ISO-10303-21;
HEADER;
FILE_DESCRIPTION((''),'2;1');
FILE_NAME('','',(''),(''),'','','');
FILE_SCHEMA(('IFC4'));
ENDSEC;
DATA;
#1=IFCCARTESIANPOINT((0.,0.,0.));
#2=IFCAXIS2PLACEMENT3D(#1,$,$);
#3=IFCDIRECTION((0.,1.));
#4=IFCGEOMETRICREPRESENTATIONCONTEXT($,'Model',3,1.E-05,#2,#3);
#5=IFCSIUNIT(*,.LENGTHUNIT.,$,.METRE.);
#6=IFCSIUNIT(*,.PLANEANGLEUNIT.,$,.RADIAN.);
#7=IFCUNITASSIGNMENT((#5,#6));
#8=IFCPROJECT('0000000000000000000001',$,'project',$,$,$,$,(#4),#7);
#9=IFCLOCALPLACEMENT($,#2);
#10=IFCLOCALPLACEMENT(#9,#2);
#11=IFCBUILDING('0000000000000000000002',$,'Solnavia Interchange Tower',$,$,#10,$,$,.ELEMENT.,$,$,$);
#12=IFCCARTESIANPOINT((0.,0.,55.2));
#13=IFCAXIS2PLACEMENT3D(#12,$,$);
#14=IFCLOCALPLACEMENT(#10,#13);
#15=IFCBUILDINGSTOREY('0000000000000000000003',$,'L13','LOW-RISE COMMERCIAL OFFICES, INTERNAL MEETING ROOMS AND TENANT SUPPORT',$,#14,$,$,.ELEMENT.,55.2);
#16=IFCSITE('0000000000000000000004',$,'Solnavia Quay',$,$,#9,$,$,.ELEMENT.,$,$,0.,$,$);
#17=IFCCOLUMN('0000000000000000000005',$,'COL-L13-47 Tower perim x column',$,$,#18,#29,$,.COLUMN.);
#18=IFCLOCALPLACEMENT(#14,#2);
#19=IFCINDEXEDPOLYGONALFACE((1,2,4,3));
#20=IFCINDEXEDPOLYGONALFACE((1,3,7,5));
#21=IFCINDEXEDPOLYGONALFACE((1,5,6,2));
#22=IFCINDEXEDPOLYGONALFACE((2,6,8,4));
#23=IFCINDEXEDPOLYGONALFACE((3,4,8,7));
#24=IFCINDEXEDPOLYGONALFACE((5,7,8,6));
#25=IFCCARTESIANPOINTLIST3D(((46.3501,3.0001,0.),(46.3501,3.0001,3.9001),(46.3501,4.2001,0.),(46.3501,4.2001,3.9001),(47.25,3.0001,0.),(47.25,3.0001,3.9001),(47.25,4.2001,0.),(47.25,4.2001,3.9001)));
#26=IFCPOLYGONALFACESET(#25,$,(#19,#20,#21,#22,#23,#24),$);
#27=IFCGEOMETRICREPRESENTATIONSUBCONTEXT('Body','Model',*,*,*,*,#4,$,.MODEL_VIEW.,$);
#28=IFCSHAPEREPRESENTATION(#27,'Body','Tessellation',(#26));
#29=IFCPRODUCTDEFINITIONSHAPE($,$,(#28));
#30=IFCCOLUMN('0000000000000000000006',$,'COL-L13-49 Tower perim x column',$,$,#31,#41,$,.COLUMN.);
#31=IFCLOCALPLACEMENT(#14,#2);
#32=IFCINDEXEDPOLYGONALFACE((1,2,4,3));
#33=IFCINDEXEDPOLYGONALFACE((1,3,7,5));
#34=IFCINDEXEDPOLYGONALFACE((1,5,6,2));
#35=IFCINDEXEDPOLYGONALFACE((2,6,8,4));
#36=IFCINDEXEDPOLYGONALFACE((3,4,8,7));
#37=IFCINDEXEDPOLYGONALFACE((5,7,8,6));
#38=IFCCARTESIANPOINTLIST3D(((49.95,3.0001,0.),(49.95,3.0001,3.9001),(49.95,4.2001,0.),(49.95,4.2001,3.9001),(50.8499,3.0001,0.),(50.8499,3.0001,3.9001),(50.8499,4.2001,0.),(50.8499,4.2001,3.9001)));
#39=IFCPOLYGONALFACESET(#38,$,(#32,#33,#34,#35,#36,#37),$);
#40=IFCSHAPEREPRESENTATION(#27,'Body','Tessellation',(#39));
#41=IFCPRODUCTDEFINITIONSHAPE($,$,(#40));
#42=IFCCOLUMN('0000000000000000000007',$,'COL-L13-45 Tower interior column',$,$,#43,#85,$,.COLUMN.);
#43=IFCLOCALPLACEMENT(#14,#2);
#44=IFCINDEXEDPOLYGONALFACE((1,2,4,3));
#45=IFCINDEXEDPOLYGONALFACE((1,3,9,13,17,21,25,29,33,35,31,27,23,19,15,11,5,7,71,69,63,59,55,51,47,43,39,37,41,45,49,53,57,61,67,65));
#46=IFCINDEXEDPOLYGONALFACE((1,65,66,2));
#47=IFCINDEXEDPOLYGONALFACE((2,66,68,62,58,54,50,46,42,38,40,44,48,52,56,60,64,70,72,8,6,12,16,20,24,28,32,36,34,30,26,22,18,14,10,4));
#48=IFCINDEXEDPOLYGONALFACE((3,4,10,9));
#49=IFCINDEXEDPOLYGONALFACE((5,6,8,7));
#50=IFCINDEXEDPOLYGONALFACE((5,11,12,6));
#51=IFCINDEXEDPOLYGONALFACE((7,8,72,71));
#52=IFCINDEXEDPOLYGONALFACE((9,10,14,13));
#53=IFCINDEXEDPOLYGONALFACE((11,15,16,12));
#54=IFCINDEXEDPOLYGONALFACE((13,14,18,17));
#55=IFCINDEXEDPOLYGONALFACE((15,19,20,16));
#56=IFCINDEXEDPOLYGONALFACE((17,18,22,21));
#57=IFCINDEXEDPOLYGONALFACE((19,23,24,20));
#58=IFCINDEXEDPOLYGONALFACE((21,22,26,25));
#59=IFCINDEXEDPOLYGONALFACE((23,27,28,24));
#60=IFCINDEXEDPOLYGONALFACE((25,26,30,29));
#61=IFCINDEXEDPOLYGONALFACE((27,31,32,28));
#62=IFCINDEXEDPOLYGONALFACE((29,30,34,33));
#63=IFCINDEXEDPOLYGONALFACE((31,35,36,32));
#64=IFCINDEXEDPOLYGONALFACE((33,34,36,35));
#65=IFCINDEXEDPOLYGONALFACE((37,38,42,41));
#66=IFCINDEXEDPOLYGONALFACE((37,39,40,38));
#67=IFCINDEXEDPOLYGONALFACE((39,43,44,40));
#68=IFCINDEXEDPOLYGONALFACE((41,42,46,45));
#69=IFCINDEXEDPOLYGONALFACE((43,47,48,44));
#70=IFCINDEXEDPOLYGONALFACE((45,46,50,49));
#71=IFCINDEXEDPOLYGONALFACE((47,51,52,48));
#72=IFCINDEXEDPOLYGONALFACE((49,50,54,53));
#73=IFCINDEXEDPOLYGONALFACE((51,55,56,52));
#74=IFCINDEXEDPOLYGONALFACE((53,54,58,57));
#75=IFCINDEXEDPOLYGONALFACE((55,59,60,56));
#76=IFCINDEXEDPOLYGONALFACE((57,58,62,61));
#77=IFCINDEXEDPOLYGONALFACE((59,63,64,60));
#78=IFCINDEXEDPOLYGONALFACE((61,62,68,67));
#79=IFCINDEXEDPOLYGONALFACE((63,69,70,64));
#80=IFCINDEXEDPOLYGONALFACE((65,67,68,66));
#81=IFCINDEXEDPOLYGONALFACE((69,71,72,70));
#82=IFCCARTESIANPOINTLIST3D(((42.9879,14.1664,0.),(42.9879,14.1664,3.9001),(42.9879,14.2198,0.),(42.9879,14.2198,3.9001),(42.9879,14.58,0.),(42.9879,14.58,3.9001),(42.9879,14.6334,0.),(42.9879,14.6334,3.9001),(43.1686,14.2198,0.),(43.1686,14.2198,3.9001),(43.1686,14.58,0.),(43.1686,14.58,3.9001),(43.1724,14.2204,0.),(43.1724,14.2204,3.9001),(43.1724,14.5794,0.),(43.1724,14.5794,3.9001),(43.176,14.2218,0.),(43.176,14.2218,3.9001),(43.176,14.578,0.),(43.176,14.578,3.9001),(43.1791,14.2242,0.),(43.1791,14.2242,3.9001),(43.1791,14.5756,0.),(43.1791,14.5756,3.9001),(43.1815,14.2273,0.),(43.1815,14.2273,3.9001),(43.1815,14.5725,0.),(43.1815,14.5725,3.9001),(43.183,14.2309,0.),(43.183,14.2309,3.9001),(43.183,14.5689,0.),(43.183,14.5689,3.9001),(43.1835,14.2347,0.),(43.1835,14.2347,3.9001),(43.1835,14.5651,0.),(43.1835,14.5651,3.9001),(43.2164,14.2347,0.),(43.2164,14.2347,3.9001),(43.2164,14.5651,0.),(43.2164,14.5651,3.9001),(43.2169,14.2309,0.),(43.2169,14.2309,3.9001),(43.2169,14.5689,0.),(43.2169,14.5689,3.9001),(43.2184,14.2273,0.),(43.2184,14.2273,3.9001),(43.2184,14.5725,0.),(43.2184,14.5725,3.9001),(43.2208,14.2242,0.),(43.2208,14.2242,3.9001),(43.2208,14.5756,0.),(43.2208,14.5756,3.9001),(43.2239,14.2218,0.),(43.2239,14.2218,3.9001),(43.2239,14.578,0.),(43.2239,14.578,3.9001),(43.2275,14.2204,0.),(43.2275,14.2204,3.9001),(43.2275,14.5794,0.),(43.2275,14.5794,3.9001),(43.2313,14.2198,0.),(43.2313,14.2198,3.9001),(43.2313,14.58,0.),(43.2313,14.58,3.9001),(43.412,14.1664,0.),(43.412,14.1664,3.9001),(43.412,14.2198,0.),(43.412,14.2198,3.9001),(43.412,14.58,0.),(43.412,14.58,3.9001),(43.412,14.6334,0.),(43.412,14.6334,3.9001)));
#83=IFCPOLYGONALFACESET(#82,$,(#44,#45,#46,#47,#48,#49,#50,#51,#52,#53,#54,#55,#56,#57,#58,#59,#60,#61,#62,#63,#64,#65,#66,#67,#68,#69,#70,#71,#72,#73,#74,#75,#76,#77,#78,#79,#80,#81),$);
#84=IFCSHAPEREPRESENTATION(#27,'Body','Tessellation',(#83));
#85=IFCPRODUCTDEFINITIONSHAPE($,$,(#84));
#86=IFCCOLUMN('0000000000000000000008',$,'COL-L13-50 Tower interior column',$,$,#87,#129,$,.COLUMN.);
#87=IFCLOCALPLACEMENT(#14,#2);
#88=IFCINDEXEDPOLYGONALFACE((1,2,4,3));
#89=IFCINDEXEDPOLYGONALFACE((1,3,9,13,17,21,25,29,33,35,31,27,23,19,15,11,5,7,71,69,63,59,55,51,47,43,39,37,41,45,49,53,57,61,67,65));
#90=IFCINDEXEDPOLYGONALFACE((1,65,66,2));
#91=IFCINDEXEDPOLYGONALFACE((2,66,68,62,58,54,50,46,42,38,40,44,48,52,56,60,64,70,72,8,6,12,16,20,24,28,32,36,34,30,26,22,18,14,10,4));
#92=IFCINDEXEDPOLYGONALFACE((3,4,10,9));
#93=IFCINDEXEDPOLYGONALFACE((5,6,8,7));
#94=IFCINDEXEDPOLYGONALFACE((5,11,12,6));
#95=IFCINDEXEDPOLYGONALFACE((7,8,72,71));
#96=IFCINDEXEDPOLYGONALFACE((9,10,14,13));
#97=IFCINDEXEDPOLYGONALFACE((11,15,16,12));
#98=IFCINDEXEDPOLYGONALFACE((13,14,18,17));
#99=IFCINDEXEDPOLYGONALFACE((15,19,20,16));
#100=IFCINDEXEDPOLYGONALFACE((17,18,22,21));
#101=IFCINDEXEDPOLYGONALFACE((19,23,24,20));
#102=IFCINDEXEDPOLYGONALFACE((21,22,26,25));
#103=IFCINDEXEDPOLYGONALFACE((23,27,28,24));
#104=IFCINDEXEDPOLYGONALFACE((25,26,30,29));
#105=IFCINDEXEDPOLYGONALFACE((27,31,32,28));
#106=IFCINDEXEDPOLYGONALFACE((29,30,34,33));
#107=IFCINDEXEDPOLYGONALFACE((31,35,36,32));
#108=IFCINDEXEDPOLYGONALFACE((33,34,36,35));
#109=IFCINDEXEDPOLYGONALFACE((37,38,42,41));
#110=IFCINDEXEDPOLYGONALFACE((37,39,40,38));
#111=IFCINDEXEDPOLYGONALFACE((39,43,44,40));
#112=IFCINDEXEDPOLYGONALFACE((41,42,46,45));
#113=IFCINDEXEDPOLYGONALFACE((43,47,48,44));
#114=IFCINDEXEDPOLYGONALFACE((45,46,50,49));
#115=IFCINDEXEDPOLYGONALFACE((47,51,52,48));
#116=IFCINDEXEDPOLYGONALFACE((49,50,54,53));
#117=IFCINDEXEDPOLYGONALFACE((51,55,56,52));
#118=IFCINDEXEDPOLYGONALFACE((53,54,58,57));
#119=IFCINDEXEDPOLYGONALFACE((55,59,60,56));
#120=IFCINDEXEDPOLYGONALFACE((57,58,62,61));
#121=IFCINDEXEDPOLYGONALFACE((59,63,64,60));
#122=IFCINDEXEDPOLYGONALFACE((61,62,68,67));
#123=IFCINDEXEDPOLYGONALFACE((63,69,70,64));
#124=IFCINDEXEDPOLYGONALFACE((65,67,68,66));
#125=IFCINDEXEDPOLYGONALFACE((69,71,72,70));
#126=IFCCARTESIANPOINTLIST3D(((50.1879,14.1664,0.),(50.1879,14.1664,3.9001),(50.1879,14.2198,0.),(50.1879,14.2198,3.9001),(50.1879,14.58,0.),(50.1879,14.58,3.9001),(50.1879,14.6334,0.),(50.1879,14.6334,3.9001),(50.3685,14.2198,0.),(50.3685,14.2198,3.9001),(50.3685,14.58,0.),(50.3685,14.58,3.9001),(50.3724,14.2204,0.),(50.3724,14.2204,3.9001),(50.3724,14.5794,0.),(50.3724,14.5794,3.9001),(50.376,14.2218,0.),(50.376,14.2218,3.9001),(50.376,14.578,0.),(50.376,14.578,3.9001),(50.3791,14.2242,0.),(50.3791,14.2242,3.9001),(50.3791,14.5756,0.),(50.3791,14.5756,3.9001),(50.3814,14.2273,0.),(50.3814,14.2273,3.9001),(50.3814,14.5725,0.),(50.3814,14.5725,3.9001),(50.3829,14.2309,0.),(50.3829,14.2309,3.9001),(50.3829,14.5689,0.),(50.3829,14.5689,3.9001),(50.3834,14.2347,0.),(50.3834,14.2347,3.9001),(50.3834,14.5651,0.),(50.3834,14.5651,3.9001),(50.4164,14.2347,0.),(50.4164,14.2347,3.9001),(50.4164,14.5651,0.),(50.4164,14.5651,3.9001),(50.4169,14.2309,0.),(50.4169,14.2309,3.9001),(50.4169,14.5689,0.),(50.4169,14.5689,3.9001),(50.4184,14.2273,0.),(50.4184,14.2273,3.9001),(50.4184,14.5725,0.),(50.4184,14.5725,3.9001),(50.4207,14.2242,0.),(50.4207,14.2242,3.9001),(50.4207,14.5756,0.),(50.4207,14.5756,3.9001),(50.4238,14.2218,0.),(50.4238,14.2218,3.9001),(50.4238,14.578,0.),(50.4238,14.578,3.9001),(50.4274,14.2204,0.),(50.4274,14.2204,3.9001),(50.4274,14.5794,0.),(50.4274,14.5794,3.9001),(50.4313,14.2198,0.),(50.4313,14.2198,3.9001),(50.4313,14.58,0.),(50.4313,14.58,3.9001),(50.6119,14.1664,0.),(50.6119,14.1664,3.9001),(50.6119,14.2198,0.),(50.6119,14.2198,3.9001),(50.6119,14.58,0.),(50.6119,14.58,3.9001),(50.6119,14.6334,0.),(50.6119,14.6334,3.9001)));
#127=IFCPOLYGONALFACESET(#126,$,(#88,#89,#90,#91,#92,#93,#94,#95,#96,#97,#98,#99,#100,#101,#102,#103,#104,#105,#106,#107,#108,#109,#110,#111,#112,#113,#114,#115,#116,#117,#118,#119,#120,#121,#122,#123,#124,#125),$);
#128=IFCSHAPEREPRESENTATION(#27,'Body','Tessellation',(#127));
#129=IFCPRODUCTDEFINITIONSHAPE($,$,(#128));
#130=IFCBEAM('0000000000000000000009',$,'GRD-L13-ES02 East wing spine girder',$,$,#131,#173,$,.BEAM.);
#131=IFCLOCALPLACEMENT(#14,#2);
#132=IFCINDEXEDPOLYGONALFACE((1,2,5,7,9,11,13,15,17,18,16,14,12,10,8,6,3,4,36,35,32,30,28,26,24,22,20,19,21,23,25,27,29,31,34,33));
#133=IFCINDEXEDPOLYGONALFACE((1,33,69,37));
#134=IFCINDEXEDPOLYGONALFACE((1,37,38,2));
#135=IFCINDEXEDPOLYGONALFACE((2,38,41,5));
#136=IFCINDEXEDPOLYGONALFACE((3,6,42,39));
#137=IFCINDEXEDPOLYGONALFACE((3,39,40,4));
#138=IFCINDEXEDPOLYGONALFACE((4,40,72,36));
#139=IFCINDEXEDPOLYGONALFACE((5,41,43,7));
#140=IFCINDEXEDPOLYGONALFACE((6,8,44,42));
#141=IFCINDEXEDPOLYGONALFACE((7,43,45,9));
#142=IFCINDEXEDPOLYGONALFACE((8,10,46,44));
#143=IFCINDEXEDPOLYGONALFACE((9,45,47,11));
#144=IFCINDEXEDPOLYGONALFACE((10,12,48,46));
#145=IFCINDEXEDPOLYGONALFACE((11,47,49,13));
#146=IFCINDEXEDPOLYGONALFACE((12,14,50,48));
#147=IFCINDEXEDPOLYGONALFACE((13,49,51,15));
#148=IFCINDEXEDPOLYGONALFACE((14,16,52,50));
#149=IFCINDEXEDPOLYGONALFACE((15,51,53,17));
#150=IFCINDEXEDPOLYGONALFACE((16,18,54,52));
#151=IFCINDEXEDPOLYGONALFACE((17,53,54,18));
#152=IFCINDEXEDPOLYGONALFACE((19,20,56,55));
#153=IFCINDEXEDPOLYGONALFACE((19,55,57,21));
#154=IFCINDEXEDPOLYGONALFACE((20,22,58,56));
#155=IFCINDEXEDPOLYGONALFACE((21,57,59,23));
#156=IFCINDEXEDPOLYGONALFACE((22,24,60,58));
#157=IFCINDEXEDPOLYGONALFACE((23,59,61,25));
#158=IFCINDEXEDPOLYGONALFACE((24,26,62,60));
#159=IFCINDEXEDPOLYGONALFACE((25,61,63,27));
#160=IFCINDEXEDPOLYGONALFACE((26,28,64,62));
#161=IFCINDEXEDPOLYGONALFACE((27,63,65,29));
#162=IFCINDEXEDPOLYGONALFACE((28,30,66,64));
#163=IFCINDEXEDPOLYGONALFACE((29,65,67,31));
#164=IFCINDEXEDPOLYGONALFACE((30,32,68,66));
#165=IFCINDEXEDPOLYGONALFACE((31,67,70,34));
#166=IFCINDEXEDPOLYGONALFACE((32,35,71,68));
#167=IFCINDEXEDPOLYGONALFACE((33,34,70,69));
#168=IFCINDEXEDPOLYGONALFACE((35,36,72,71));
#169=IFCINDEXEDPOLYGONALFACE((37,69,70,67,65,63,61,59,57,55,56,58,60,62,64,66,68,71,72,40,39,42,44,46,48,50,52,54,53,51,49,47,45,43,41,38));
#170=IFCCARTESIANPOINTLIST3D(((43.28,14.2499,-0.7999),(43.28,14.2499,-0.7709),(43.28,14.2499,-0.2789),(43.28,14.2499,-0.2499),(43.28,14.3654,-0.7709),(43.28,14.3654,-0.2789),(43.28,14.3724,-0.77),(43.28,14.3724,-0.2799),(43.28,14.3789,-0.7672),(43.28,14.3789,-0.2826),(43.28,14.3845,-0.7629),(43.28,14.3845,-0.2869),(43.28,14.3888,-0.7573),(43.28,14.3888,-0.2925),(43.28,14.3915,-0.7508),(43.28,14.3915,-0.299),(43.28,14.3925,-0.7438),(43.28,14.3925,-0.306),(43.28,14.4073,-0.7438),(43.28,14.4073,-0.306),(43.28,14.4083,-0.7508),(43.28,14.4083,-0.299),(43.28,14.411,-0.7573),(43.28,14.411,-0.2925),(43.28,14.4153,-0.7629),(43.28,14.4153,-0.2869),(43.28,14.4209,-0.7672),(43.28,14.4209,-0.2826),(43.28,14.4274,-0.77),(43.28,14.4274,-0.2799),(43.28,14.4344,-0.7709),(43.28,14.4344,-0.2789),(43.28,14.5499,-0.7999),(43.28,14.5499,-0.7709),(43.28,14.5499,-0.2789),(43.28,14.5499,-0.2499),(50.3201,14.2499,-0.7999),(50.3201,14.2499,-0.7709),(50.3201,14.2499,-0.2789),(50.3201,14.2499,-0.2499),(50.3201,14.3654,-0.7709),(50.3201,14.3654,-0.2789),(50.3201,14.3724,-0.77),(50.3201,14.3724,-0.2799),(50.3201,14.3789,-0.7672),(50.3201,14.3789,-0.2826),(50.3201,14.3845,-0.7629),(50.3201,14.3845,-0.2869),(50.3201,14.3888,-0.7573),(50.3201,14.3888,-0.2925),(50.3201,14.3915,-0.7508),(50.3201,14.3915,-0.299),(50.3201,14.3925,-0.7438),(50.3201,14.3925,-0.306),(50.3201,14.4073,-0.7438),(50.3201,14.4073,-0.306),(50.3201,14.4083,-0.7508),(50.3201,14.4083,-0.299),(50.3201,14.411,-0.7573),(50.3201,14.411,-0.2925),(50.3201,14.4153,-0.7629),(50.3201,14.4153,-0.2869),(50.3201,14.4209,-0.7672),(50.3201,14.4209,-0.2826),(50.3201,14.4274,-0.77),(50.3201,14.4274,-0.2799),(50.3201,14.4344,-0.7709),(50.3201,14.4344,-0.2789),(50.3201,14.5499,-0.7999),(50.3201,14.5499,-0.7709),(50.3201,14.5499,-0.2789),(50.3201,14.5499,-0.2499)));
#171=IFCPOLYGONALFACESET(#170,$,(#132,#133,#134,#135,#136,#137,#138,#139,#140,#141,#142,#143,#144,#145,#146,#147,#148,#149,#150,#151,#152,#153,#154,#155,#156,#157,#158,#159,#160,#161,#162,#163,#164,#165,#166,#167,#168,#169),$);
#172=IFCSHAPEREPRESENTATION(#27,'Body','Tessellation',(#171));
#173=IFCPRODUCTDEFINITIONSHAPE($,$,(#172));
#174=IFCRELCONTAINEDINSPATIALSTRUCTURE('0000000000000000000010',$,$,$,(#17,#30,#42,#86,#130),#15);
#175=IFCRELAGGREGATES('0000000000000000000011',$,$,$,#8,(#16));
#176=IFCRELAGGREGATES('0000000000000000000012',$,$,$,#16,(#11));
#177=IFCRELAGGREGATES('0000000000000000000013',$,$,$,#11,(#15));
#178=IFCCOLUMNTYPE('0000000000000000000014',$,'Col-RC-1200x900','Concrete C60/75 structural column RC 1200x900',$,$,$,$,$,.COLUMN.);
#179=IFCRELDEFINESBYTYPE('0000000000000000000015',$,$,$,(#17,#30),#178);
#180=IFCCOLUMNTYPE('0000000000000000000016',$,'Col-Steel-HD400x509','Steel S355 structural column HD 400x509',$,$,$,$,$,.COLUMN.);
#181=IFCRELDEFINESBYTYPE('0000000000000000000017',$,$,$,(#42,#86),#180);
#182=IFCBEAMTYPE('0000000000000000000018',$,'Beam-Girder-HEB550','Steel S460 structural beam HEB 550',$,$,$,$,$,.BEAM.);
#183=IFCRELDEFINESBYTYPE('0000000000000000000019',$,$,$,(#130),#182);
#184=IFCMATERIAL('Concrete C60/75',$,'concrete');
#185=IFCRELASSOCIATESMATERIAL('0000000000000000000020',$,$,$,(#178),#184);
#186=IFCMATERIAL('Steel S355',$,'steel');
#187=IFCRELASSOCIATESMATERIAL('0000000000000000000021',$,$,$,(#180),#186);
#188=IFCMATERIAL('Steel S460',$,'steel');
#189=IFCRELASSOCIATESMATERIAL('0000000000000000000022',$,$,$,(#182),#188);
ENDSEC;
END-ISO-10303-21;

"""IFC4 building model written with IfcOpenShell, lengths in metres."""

from ifc_helpers import new_model, si_unit, direction, frame, origin, origin_2d, place, context, subcontext, project, spatial, rectangle, i_section, extrude, material, material_profile, profile_set, type_object, element, save


model = new_model("IFC4")

# Units and contexts
model_context = context("Model", 3, precision=1e-05, world=origin(), true_north=direction((0.0, 1.0)))
body_context = subcontext(model_context, "Body", "Model", "MODEL_VIEW")
ifc_project = project(units=[si_unit("LENGTHUNIT", "METRE"), si_unit("PLANEANGLEUNIT", "RADIAN")], contexts=[model_context])

# Site, building, storey
site_placement = place(None, origin())
site = spatial("IfcSite", under=ifc_project, at=site_placement, Name="Solnavia Quay", CompositionType="ELEMENT", RefElevation=0.0)
building_placement = place(site_placement, origin())
building = spatial("IfcBuilding", under=site, at=building_placement, Name="Solnavia Interchange Tower", CompositionType="ELEMENT")
storey_placement = place(building_placement, frame((0.0, 0.0, 55.2)))
storey = spatial("IfcBuildingStorey", under=building, at=storey_placement, Name="L13", Description="LOW-RISE COMMERCIAL OFFICES, INTERNAL MEETING ROOMS AND TENANT SUPPORT", CompositionType="ELEMENT", Elevation=55.2)

# Columns
ifc_material_1 = material(Name="Concrete C60/75", Category="concrete")
ifc_material_profile_1 = material_profile(ifc_material_1, rectangle(XDim=0.8999, YDim=1.2, at=origin_2d()), Name="RC 1200x900")
ifc_profile_set_1 = profile_set([ifc_material_profile_1], Name="Concrete C60/75")
column_type_1 = type_object("IfcColumnType", Name="Col-RC-1200x900", Description="Concrete C60/75 structural column RC 1200x900", PredefinedType="COLUMN", material=ifc_profile_set_1)
for number, where, z_axis, x_axis, name in (
    (1, (46.8, 3.6001, 0.0), (0.0, 0.0, 1.0), (1.0, 0.0, 0.0), "COL-L13-47 Tower perim x column"),
    (2, (50.3999, 3.6001, 0.0), (0.0, 0.0, 1.0), (1.0, 0.0, 0.0), "COL-L13-49 Tower perim x column"),
):
    element("IfcColumn", number, at=place(storey_placement, frame(where, z_axis=z_axis, x_axis=x_axis)), inside=storey, type_object=column_type_1, Name=name, PredefinedType="COLUMN", context=body_context, shape_type="SweptSolid", body=[
        extrude(rectangle(XDim=0.8999, YDim=1.2, at=origin_2d()), origin(), (0.0, 0.0, 1.0), 3.9001),
    ])
ifc_material_2 = material(Name="Steel S355", Category="steel")
ifc_material_profile_2 = material_profile(ifc_material_2, i_section(OverallWidth=0.4241, OverallDepth=0.467, WebThickness=0.033, FlangeThickness=0.0535, FilletRadius=0.0149, at=origin_2d()), Name="HD 400x509")
ifc_profile_set_2 = profile_set([ifc_material_profile_2], Name="Steel S355")
column_type_2 = type_object("IfcColumnType", Name="Col-Steel-HD400x509", Description="Steel S355 structural column HD 400x509", PredefinedType="COLUMN", material=ifc_profile_set_2)
for number, where, z_axis, x_axis, name in (
    (3, (43.2, 14.3999, 0.0), (0.0, 0.0, 1.0), (1.0, 0.0, 0.0), "COL-L13-45 Tower interior column"),
    (4, (50.3999, 14.3999, 0.0), (0.0, 0.0, 1.0), (1.0, 0.0, 0.0), "COL-L13-50 Tower interior column"),
):
    element("IfcColumn", number, at=place(storey_placement, frame(where, z_axis=z_axis, x_axis=x_axis)), inside=storey, type_object=column_type_2, Name=name, PredefinedType="COLUMN", context=body_context, shape_type="SweptSolid", body=[
        extrude(i_section(OverallWidth=0.4241, OverallDepth=0.467, WebThickness=0.033, FlangeThickness=0.0535, FilletRadius=0.0149, at=origin_2d()), origin(), (0.0, 0.0, 1.0), 3.9001),
    ])

# Beam
ifc_material_3 = material(Name="Steel S460", Category="steel")
ifc_material_profile_3 = material_profile(ifc_material_3, i_section(OverallWidth=0.3, OverallDepth=0.55, WebThickness=0.0149, FlangeThickness=0.0291, FilletRadius=0.0271, at=origin_2d()), Name="HEB 550")
ifc_profile_set_3 = profile_set([ifc_material_profile_3], Name="Steel S460")
beam_type_1 = type_object("IfcBeamType", Name="Beam-Girder-HEB550", Description="Steel S460 structural beam HEB 550", PredefinedType="BEAM", material=ifc_profile_set_3)
beam_1_placement = place(storey_placement, frame((43.28, 14.3999, -0.5249), z_axis=(1.0, 0.0, 0.0), x_axis=(0.0, 1.0, 0.0)))
element("IfcBeam", 5, at=beam_1_placement, inside=storey, type_object=beam_type_1, Name="GRD-L13-ES02 East wing spine girder", PredefinedType="BEAM", context=body_context, shape_type="SweptSolid", body=[
    extrude(i_section(OverallWidth=0.3, OverallDepth=0.55, WebThickness=0.0149, FlangeThickness=0.0291, FilletRadius=0.0271, at=origin_2d()), origin(), (0.0, 0.0, 1.0), 7.04),
])

save(model, "model.ifc")
